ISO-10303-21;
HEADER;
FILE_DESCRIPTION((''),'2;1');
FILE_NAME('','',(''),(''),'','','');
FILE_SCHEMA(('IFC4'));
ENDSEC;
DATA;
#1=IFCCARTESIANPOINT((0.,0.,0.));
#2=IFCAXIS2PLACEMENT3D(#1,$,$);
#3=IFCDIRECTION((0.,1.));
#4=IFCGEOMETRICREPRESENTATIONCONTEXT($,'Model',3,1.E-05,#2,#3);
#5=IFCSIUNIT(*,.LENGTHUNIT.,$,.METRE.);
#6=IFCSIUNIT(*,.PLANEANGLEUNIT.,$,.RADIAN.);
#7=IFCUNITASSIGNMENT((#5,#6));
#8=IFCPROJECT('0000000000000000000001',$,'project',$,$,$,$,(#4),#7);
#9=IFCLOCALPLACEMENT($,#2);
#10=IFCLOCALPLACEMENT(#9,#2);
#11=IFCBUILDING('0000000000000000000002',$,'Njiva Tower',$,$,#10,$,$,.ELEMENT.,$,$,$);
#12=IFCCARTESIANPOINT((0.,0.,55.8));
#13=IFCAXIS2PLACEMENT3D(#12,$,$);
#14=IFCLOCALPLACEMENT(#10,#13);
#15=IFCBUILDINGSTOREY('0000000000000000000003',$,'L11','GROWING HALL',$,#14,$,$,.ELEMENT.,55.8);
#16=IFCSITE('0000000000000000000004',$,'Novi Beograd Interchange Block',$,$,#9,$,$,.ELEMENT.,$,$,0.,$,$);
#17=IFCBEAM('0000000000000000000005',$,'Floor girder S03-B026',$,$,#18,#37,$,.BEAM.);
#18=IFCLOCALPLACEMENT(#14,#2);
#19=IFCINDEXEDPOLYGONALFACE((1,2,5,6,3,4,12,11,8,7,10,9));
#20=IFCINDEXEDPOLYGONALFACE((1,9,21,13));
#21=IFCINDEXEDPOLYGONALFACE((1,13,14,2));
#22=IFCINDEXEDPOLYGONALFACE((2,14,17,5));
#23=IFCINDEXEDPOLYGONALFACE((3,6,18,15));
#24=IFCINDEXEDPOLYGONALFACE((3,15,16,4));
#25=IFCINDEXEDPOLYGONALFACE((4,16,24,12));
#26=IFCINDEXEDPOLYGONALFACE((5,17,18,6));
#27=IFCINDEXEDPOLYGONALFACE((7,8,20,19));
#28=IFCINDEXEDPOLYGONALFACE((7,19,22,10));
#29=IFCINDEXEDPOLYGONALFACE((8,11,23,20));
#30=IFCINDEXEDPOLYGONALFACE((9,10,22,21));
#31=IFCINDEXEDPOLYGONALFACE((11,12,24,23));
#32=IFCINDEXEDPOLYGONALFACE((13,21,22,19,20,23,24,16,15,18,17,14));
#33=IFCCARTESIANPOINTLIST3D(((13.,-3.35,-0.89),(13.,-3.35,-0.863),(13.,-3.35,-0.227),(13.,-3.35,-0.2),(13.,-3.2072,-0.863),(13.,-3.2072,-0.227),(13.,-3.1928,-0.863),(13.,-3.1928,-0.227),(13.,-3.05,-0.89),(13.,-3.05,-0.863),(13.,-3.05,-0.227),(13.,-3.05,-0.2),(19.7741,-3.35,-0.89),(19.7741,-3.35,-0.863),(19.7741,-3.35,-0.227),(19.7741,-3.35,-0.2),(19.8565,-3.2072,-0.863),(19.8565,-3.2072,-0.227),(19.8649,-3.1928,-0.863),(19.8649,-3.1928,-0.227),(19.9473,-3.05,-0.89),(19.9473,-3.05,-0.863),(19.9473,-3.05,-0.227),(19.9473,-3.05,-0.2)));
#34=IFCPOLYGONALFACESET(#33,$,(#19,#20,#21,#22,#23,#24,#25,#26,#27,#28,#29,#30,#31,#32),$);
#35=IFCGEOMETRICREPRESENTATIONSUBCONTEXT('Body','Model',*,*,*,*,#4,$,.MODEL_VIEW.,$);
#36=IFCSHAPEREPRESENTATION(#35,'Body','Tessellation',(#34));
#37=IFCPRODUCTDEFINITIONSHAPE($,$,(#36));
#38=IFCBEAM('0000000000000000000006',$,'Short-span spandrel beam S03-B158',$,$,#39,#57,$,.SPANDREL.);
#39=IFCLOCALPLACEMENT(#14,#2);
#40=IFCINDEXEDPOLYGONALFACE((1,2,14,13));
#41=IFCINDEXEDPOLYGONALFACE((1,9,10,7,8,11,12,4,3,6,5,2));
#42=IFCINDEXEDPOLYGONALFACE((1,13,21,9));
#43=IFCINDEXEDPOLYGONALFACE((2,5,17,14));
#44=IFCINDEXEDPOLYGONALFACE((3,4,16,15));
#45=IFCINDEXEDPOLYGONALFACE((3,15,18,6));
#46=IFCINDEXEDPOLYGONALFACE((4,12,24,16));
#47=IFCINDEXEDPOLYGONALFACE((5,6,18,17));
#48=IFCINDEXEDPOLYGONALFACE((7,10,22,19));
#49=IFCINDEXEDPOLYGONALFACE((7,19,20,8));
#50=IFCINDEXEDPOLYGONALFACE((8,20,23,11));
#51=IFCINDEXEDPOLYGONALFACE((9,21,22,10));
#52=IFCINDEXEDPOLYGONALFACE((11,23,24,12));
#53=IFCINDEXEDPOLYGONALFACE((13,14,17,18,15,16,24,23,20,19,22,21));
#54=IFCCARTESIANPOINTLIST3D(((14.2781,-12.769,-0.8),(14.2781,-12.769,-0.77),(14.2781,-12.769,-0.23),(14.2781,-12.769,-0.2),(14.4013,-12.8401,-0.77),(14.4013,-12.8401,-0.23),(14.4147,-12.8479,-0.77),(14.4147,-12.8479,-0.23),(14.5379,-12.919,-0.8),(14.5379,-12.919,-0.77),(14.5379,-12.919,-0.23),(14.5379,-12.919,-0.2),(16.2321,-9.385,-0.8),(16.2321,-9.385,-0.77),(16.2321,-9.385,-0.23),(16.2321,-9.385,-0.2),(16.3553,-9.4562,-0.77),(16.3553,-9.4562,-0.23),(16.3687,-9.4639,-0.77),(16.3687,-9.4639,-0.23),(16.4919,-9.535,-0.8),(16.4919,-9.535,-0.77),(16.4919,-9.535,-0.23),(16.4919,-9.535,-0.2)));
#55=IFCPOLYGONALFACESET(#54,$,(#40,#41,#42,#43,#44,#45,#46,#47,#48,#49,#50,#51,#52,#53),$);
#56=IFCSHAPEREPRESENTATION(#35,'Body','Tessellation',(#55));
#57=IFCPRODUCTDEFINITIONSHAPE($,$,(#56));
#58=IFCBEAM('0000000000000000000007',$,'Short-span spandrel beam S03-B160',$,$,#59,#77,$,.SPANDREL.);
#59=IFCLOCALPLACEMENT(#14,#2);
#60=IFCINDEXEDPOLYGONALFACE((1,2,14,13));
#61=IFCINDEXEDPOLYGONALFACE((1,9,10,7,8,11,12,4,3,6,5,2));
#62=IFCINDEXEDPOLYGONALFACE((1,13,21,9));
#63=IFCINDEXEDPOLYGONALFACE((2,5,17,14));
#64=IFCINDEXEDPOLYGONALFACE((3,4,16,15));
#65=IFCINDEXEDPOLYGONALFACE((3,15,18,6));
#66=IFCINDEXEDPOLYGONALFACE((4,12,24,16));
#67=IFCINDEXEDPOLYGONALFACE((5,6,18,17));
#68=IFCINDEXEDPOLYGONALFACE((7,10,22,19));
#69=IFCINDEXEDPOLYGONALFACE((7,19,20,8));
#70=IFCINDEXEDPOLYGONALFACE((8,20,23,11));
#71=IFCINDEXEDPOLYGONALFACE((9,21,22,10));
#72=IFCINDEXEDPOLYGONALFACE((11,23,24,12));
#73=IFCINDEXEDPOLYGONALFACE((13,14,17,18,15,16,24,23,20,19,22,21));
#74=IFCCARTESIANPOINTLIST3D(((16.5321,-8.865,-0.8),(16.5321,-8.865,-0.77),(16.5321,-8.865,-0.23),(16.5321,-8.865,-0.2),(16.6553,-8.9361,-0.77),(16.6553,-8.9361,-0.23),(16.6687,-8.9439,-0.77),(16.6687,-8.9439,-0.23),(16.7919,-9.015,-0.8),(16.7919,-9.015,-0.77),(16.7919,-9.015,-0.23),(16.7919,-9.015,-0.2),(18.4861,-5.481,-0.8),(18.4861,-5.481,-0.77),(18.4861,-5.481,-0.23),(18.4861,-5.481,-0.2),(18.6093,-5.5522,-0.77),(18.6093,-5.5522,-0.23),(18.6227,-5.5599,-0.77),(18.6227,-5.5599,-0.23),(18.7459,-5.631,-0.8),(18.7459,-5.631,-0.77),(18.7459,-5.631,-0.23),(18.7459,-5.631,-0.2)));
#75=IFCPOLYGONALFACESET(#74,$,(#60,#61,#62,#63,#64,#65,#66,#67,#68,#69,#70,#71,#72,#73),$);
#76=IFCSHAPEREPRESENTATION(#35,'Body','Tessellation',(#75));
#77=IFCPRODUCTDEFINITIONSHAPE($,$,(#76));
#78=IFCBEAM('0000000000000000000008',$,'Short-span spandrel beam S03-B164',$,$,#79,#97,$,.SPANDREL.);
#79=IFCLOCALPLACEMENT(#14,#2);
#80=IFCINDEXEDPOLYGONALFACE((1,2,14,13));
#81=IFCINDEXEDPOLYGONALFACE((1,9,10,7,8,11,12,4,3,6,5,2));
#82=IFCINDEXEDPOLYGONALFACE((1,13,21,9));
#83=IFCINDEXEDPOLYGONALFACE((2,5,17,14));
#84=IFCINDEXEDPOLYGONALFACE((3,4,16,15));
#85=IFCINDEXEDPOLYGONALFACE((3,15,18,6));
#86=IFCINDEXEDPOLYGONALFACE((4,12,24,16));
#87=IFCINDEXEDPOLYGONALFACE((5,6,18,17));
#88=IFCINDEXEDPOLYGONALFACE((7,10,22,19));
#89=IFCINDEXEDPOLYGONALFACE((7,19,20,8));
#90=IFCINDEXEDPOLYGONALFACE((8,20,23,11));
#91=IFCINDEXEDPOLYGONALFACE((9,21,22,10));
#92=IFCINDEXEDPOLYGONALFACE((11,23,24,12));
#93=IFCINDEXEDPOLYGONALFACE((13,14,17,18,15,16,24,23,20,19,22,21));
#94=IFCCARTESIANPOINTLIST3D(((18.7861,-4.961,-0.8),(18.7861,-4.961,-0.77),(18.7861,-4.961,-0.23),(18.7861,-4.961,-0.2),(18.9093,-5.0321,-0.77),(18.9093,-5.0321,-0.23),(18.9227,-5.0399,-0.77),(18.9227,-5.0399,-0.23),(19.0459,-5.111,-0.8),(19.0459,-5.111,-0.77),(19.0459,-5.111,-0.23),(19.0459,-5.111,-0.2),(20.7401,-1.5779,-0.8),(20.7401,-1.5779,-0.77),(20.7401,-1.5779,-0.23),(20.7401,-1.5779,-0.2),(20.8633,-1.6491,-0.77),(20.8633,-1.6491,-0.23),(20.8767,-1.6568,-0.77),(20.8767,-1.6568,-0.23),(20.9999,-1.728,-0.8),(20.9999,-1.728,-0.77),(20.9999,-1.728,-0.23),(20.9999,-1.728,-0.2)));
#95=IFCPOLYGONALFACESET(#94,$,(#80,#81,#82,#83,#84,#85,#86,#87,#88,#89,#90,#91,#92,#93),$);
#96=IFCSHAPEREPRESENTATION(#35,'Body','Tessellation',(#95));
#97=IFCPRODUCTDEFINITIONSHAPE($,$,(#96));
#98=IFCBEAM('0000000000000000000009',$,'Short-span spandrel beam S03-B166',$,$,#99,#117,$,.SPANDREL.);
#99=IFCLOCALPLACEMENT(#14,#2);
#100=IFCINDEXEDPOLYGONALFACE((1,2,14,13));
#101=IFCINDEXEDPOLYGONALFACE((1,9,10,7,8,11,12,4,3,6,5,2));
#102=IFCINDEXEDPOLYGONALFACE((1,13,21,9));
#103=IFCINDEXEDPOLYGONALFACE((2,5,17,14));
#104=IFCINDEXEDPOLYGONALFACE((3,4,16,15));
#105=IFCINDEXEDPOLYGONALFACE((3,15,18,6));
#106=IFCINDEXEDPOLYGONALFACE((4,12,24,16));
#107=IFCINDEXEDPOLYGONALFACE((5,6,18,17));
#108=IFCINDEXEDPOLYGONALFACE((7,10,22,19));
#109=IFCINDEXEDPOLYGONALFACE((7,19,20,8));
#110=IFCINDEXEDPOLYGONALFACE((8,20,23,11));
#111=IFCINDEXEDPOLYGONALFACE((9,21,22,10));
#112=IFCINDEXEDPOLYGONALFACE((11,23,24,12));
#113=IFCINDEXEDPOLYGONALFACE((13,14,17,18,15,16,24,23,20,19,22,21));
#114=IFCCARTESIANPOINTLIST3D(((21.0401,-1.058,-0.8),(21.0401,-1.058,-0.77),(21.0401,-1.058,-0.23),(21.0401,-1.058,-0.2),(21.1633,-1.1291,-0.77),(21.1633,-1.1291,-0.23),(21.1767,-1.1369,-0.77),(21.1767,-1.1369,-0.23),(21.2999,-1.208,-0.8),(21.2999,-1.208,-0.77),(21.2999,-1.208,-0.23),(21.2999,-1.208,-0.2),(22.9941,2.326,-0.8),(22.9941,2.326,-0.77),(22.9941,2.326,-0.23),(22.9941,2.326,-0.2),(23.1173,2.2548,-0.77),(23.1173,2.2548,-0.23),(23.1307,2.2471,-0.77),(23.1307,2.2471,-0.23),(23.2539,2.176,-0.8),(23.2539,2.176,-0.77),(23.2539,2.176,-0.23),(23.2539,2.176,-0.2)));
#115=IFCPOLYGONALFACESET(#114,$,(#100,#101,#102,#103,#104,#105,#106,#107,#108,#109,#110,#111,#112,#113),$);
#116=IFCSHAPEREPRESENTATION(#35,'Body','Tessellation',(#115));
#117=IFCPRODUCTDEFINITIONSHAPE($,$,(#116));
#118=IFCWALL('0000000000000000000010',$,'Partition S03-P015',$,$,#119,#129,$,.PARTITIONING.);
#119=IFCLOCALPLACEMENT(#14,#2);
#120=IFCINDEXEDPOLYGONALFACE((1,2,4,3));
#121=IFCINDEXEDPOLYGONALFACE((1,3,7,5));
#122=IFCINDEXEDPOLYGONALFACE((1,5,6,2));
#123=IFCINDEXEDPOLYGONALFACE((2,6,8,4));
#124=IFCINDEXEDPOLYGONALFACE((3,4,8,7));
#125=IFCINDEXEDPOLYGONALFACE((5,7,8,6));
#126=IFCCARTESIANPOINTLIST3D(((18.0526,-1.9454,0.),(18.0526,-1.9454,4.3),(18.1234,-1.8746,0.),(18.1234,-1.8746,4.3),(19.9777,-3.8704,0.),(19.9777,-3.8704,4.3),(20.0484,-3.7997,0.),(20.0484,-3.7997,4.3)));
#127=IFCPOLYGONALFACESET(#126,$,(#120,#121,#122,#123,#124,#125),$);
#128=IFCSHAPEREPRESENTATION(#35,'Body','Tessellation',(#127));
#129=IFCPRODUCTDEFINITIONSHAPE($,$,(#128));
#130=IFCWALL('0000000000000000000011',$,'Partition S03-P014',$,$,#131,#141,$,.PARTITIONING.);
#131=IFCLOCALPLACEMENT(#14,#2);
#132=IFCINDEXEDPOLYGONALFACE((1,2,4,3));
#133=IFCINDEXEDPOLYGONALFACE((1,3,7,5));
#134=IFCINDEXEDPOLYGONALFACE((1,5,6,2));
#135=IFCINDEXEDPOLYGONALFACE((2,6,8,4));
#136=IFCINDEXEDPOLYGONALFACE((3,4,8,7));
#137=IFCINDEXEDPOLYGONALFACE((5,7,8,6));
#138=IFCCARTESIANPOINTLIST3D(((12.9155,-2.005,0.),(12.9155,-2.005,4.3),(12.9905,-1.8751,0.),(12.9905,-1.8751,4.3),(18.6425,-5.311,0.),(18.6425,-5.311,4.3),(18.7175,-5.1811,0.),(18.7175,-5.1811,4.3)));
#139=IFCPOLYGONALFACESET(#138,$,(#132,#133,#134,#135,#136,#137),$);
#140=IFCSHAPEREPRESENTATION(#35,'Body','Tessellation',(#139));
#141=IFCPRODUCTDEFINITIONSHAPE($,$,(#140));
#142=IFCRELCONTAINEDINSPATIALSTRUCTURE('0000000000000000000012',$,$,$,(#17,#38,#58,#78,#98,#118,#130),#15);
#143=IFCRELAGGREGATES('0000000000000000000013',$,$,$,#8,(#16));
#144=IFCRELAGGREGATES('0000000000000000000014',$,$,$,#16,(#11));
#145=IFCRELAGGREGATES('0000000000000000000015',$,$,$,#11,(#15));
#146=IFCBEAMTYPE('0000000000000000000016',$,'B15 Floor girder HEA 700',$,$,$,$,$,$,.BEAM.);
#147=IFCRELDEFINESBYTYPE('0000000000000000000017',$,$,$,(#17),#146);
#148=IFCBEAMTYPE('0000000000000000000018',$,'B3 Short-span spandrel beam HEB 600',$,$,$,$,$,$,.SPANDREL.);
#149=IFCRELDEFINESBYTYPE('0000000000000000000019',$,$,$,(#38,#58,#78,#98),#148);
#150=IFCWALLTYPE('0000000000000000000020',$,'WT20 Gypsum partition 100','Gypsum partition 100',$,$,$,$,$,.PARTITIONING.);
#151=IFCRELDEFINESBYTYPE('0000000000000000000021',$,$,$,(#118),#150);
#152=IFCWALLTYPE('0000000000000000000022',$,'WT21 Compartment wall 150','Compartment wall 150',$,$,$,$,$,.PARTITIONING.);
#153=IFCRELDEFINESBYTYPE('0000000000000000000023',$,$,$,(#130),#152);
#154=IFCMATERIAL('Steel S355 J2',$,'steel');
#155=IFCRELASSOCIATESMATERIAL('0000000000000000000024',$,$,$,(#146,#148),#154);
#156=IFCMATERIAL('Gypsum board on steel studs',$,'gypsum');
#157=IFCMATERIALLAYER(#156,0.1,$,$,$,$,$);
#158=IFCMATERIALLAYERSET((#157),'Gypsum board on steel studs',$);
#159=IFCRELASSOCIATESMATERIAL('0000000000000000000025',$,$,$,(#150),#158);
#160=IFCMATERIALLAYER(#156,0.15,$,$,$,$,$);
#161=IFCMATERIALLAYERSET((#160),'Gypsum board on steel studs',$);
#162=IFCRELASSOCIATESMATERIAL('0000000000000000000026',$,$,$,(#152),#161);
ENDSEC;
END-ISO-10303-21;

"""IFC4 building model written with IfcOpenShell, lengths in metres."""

from ifc_helpers import new_model, si_unit, direction, frame, frame_2d, origin, origin_2d, place, context, subcontext, project, spatial, rectangle, i_section, extrude, clip, halfspace, material, layer, layer_set, material_profile, profile_set, type_object, element, save


model = new_model("IFC4")

# Units and contexts
model_context = context("Model", 3, precision=1e-05, world=origin(), true_north=direction((0.0, 1.0)))
body_context = subcontext(model_context, "Body", "Model", "MODEL_VIEW")
ifc_project = project(units=[si_unit("LENGTHUNIT", "METRE"), si_unit("PLANEANGLEUNIT", "RADIAN")], contexts=[model_context])

# Site, building, storey
site_placement = place(None, origin())
site = spatial("IfcSite", under=ifc_project, at=site_placement, Name="Novi Beograd Interchange Block", CompositionType="ELEMENT", RefElevation=0.0)
building_placement = place(site_placement, origin())
building = spatial("IfcBuilding", under=site, at=building_placement, Name="Njiva Tower", CompositionType="ELEMENT")
storey_placement = place(building_placement, frame((0.0, 0.0, 55.8)))
storey = spatial("IfcBuildingStorey", under=building, at=storey_placement, Name="L11", Description="GROWING HALL", CompositionType="ELEMENT", Elevation=55.8)

# Shared definitions
ifc_material_1 = material(Name="Steel S355 J2", Category="steel")

# Beams
ifc_material_profile_1 = material_profile(ifc_material_1, i_section(OverallWidth=0.3, OverallDepth=0.69, WebThickness=0.0145, FlangeThickness=0.027, at=origin_2d()), Name="HEA 700")
ifc_profile_set_1 = profile_set([ifc_material_profile_1], Name="Steel S355 J2")
beam_type_1 = type_object("IfcBeamType", Name="B15 Floor girder HEA 700", PredefinedType="BEAM", material=ifc_profile_set_1)
beam_1_placement = place(storey_placement, frame((13.0, -3.2, -0.545), z_axis=(1.0, 0.0, 0.0), x_axis=(0.0, 1.0, 0.0)))
element("IfcBeam", 1, at=beam_1_placement, inside=storey, type_object=beam_type_1, Name="Floor girder S03-B026", PredefinedType="BEAM", context=body_context, shape_type="Clipping", body=[
    clip(extrude(i_section(OverallWidth=0.3, OverallDepth=0.69, WebThickness=0.0145, FlangeThickness=0.027, at=origin_2d()), origin(), (0.0, 0.0, 1.0), 6.968), halfspace(frame((-0.025, 0.0, 6.8463), z_axis=(-0.499998, 0.0, 0.866027), x_axis=(0.0, 1.0, 0.0)), False)),
])
ifc_material_profile_2 = material_profile(ifc_material_1, i_section(OverallWidth=0.3, OverallDepth=0.6, WebThickness=0.0155, FlangeThickness=0.03, at=origin_2d()), Name="HEB 600")
ifc_profile_set_2 = profile_set([ifc_material_profile_2], Name="Steel S355 J2")
beam_type_2 = type_object("IfcBeamType", Name="B3 Short-span spandrel beam HEB 600", PredefinedType="SPANDREL", material=ifc_profile_set_2)
for number, where, z_axis, x_axis, name in (
    (2, (14.408, -12.844, -0.5), (0.500047, 0.865998, 0.0), (-0.865998, 0.500047, 0.0), "Short-span spandrel beam S03-B158"),
    (3, (16.662, -8.94, -0.5), (0.500047, 0.865998, 0.0), (-0.865998, 0.500047, 0.0), "Short-span spandrel beam S03-B160"),
):
    element("IfcBeam", number, at=place(storey_placement, frame(where, z_axis=z_axis, x_axis=x_axis)), inside=storey, type_object=beam_type_2, Name=name, PredefinedType="SPANDREL", context=body_context, shape_type="SweptSolid", body=[
        extrude(i_section(OverallWidth=0.3, OverallDepth=0.6, WebThickness=0.0155, FlangeThickness=0.03, at=origin_2d()), origin(), (0.0, 0.0, 1.0), 3.9076),
    ])
beam_2_placement = place(storey_placement, frame((18.916, -5.036, -0.5), z_axis=(0.500158, 0.865934, 0.0), x_axis=(-0.865934, 0.500158, 0.0)))
element("IfcBeam", 4, at=beam_2_placement, inside=storey, type_object=beam_type_2, Name="Short-span spandrel beam S03-B164", PredefinedType="SPANDREL", context=body_context, shape_type="SweptSolid", body=[
    extrude(i_section(OverallWidth=0.3, OverallDepth=0.6, WebThickness=0.0155, FlangeThickness=0.03, at=origin_2d()), origin(), (0.0, 0.0, 1.0), 3.9068),
])
beam_3_placement = place(storey_placement, frame((21.17, -1.133, -0.5), z_axis=(0.500047, 0.865998, 0.0), x_axis=(-0.865998, 0.500047, 0.0)))
element("IfcBeam", 5, at=beam_3_placement, inside=storey, type_object=beam_type_2, Name="Short-span spandrel beam S03-B166", PredefinedType="SPANDREL", context=body_context, shape_type="SweptSolid", body=[
    extrude(i_section(OverallWidth=0.3, OverallDepth=0.6, WebThickness=0.0155, FlangeThickness=0.03, at=origin_2d()), origin(), (0.0, 0.0, 1.0), 3.9076),
])

# Walls
ifc_material_2 = material(Name="Gypsum board on steel studs", Category="gypsum")
ifc_layer_1 = layer(ifc_material_2, 0.1)
ifc_layer_set_1 = layer_set([ifc_layer_1], Name="Gypsum board on steel studs")
wall_type_1 = type_object("IfcWallType", Name="WT20 Gypsum partition 100", Description="Gypsum partition 100", PredefinedType="PARTITIONING", material=ifc_layer_set_1)
wall_1_placement = place(storey_placement, frame((18.088, -1.91, 0.0), z_axis=(0.0, 0.0, 1.0), x_axis=(0.707107, -0.707107, 0.0)))
element("IfcWall", 6, at=wall_1_placement, inside=storey, type_object=wall_type_1, Name="Partition S03-P015", PredefinedType="PARTITIONING", context=body_context, shape_type="SweptSolid", body=[
    extrude(rectangle(XDim=2.7224, YDim=0.1, at=frame_2d((1.3612, 0.0))), origin(), (0.0, 0.0, 1.0), 4.3),
])
ifc_layer_2 = layer(ifc_material_2, 0.15)
ifc_layer_set_2 = layer_set([ifc_layer_2], Name="Gypsum board on steel studs")
wall_type_2 = type_object("IfcWallType", Name="WT21 Compartment wall 150", Description="Compartment wall 150", PredefinedType="PARTITIONING", material=ifc_layer_set_2)
wall_2_placement = place(storey_placement, frame((12.953, -1.94, 0.0), z_axis=(0.0, 0.0, 1.0), x_axis=(0.866057, -0.499945, 0.0)))
element("IfcWall", 7, at=wall_2_placement, inside=storey, type_object=wall_type_2, Name="Partition S03-P014", PredefinedType="PARTITIONING", context=body_context, shape_type="SweptSolid", body=[
    extrude(rectangle(XDim=6.6127, YDim=0.15, at=frame_2d((3.3064, 0.0))), origin(), (0.0, 0.0, 1.0), 4.3),
])

save(model, "model.ifc")
